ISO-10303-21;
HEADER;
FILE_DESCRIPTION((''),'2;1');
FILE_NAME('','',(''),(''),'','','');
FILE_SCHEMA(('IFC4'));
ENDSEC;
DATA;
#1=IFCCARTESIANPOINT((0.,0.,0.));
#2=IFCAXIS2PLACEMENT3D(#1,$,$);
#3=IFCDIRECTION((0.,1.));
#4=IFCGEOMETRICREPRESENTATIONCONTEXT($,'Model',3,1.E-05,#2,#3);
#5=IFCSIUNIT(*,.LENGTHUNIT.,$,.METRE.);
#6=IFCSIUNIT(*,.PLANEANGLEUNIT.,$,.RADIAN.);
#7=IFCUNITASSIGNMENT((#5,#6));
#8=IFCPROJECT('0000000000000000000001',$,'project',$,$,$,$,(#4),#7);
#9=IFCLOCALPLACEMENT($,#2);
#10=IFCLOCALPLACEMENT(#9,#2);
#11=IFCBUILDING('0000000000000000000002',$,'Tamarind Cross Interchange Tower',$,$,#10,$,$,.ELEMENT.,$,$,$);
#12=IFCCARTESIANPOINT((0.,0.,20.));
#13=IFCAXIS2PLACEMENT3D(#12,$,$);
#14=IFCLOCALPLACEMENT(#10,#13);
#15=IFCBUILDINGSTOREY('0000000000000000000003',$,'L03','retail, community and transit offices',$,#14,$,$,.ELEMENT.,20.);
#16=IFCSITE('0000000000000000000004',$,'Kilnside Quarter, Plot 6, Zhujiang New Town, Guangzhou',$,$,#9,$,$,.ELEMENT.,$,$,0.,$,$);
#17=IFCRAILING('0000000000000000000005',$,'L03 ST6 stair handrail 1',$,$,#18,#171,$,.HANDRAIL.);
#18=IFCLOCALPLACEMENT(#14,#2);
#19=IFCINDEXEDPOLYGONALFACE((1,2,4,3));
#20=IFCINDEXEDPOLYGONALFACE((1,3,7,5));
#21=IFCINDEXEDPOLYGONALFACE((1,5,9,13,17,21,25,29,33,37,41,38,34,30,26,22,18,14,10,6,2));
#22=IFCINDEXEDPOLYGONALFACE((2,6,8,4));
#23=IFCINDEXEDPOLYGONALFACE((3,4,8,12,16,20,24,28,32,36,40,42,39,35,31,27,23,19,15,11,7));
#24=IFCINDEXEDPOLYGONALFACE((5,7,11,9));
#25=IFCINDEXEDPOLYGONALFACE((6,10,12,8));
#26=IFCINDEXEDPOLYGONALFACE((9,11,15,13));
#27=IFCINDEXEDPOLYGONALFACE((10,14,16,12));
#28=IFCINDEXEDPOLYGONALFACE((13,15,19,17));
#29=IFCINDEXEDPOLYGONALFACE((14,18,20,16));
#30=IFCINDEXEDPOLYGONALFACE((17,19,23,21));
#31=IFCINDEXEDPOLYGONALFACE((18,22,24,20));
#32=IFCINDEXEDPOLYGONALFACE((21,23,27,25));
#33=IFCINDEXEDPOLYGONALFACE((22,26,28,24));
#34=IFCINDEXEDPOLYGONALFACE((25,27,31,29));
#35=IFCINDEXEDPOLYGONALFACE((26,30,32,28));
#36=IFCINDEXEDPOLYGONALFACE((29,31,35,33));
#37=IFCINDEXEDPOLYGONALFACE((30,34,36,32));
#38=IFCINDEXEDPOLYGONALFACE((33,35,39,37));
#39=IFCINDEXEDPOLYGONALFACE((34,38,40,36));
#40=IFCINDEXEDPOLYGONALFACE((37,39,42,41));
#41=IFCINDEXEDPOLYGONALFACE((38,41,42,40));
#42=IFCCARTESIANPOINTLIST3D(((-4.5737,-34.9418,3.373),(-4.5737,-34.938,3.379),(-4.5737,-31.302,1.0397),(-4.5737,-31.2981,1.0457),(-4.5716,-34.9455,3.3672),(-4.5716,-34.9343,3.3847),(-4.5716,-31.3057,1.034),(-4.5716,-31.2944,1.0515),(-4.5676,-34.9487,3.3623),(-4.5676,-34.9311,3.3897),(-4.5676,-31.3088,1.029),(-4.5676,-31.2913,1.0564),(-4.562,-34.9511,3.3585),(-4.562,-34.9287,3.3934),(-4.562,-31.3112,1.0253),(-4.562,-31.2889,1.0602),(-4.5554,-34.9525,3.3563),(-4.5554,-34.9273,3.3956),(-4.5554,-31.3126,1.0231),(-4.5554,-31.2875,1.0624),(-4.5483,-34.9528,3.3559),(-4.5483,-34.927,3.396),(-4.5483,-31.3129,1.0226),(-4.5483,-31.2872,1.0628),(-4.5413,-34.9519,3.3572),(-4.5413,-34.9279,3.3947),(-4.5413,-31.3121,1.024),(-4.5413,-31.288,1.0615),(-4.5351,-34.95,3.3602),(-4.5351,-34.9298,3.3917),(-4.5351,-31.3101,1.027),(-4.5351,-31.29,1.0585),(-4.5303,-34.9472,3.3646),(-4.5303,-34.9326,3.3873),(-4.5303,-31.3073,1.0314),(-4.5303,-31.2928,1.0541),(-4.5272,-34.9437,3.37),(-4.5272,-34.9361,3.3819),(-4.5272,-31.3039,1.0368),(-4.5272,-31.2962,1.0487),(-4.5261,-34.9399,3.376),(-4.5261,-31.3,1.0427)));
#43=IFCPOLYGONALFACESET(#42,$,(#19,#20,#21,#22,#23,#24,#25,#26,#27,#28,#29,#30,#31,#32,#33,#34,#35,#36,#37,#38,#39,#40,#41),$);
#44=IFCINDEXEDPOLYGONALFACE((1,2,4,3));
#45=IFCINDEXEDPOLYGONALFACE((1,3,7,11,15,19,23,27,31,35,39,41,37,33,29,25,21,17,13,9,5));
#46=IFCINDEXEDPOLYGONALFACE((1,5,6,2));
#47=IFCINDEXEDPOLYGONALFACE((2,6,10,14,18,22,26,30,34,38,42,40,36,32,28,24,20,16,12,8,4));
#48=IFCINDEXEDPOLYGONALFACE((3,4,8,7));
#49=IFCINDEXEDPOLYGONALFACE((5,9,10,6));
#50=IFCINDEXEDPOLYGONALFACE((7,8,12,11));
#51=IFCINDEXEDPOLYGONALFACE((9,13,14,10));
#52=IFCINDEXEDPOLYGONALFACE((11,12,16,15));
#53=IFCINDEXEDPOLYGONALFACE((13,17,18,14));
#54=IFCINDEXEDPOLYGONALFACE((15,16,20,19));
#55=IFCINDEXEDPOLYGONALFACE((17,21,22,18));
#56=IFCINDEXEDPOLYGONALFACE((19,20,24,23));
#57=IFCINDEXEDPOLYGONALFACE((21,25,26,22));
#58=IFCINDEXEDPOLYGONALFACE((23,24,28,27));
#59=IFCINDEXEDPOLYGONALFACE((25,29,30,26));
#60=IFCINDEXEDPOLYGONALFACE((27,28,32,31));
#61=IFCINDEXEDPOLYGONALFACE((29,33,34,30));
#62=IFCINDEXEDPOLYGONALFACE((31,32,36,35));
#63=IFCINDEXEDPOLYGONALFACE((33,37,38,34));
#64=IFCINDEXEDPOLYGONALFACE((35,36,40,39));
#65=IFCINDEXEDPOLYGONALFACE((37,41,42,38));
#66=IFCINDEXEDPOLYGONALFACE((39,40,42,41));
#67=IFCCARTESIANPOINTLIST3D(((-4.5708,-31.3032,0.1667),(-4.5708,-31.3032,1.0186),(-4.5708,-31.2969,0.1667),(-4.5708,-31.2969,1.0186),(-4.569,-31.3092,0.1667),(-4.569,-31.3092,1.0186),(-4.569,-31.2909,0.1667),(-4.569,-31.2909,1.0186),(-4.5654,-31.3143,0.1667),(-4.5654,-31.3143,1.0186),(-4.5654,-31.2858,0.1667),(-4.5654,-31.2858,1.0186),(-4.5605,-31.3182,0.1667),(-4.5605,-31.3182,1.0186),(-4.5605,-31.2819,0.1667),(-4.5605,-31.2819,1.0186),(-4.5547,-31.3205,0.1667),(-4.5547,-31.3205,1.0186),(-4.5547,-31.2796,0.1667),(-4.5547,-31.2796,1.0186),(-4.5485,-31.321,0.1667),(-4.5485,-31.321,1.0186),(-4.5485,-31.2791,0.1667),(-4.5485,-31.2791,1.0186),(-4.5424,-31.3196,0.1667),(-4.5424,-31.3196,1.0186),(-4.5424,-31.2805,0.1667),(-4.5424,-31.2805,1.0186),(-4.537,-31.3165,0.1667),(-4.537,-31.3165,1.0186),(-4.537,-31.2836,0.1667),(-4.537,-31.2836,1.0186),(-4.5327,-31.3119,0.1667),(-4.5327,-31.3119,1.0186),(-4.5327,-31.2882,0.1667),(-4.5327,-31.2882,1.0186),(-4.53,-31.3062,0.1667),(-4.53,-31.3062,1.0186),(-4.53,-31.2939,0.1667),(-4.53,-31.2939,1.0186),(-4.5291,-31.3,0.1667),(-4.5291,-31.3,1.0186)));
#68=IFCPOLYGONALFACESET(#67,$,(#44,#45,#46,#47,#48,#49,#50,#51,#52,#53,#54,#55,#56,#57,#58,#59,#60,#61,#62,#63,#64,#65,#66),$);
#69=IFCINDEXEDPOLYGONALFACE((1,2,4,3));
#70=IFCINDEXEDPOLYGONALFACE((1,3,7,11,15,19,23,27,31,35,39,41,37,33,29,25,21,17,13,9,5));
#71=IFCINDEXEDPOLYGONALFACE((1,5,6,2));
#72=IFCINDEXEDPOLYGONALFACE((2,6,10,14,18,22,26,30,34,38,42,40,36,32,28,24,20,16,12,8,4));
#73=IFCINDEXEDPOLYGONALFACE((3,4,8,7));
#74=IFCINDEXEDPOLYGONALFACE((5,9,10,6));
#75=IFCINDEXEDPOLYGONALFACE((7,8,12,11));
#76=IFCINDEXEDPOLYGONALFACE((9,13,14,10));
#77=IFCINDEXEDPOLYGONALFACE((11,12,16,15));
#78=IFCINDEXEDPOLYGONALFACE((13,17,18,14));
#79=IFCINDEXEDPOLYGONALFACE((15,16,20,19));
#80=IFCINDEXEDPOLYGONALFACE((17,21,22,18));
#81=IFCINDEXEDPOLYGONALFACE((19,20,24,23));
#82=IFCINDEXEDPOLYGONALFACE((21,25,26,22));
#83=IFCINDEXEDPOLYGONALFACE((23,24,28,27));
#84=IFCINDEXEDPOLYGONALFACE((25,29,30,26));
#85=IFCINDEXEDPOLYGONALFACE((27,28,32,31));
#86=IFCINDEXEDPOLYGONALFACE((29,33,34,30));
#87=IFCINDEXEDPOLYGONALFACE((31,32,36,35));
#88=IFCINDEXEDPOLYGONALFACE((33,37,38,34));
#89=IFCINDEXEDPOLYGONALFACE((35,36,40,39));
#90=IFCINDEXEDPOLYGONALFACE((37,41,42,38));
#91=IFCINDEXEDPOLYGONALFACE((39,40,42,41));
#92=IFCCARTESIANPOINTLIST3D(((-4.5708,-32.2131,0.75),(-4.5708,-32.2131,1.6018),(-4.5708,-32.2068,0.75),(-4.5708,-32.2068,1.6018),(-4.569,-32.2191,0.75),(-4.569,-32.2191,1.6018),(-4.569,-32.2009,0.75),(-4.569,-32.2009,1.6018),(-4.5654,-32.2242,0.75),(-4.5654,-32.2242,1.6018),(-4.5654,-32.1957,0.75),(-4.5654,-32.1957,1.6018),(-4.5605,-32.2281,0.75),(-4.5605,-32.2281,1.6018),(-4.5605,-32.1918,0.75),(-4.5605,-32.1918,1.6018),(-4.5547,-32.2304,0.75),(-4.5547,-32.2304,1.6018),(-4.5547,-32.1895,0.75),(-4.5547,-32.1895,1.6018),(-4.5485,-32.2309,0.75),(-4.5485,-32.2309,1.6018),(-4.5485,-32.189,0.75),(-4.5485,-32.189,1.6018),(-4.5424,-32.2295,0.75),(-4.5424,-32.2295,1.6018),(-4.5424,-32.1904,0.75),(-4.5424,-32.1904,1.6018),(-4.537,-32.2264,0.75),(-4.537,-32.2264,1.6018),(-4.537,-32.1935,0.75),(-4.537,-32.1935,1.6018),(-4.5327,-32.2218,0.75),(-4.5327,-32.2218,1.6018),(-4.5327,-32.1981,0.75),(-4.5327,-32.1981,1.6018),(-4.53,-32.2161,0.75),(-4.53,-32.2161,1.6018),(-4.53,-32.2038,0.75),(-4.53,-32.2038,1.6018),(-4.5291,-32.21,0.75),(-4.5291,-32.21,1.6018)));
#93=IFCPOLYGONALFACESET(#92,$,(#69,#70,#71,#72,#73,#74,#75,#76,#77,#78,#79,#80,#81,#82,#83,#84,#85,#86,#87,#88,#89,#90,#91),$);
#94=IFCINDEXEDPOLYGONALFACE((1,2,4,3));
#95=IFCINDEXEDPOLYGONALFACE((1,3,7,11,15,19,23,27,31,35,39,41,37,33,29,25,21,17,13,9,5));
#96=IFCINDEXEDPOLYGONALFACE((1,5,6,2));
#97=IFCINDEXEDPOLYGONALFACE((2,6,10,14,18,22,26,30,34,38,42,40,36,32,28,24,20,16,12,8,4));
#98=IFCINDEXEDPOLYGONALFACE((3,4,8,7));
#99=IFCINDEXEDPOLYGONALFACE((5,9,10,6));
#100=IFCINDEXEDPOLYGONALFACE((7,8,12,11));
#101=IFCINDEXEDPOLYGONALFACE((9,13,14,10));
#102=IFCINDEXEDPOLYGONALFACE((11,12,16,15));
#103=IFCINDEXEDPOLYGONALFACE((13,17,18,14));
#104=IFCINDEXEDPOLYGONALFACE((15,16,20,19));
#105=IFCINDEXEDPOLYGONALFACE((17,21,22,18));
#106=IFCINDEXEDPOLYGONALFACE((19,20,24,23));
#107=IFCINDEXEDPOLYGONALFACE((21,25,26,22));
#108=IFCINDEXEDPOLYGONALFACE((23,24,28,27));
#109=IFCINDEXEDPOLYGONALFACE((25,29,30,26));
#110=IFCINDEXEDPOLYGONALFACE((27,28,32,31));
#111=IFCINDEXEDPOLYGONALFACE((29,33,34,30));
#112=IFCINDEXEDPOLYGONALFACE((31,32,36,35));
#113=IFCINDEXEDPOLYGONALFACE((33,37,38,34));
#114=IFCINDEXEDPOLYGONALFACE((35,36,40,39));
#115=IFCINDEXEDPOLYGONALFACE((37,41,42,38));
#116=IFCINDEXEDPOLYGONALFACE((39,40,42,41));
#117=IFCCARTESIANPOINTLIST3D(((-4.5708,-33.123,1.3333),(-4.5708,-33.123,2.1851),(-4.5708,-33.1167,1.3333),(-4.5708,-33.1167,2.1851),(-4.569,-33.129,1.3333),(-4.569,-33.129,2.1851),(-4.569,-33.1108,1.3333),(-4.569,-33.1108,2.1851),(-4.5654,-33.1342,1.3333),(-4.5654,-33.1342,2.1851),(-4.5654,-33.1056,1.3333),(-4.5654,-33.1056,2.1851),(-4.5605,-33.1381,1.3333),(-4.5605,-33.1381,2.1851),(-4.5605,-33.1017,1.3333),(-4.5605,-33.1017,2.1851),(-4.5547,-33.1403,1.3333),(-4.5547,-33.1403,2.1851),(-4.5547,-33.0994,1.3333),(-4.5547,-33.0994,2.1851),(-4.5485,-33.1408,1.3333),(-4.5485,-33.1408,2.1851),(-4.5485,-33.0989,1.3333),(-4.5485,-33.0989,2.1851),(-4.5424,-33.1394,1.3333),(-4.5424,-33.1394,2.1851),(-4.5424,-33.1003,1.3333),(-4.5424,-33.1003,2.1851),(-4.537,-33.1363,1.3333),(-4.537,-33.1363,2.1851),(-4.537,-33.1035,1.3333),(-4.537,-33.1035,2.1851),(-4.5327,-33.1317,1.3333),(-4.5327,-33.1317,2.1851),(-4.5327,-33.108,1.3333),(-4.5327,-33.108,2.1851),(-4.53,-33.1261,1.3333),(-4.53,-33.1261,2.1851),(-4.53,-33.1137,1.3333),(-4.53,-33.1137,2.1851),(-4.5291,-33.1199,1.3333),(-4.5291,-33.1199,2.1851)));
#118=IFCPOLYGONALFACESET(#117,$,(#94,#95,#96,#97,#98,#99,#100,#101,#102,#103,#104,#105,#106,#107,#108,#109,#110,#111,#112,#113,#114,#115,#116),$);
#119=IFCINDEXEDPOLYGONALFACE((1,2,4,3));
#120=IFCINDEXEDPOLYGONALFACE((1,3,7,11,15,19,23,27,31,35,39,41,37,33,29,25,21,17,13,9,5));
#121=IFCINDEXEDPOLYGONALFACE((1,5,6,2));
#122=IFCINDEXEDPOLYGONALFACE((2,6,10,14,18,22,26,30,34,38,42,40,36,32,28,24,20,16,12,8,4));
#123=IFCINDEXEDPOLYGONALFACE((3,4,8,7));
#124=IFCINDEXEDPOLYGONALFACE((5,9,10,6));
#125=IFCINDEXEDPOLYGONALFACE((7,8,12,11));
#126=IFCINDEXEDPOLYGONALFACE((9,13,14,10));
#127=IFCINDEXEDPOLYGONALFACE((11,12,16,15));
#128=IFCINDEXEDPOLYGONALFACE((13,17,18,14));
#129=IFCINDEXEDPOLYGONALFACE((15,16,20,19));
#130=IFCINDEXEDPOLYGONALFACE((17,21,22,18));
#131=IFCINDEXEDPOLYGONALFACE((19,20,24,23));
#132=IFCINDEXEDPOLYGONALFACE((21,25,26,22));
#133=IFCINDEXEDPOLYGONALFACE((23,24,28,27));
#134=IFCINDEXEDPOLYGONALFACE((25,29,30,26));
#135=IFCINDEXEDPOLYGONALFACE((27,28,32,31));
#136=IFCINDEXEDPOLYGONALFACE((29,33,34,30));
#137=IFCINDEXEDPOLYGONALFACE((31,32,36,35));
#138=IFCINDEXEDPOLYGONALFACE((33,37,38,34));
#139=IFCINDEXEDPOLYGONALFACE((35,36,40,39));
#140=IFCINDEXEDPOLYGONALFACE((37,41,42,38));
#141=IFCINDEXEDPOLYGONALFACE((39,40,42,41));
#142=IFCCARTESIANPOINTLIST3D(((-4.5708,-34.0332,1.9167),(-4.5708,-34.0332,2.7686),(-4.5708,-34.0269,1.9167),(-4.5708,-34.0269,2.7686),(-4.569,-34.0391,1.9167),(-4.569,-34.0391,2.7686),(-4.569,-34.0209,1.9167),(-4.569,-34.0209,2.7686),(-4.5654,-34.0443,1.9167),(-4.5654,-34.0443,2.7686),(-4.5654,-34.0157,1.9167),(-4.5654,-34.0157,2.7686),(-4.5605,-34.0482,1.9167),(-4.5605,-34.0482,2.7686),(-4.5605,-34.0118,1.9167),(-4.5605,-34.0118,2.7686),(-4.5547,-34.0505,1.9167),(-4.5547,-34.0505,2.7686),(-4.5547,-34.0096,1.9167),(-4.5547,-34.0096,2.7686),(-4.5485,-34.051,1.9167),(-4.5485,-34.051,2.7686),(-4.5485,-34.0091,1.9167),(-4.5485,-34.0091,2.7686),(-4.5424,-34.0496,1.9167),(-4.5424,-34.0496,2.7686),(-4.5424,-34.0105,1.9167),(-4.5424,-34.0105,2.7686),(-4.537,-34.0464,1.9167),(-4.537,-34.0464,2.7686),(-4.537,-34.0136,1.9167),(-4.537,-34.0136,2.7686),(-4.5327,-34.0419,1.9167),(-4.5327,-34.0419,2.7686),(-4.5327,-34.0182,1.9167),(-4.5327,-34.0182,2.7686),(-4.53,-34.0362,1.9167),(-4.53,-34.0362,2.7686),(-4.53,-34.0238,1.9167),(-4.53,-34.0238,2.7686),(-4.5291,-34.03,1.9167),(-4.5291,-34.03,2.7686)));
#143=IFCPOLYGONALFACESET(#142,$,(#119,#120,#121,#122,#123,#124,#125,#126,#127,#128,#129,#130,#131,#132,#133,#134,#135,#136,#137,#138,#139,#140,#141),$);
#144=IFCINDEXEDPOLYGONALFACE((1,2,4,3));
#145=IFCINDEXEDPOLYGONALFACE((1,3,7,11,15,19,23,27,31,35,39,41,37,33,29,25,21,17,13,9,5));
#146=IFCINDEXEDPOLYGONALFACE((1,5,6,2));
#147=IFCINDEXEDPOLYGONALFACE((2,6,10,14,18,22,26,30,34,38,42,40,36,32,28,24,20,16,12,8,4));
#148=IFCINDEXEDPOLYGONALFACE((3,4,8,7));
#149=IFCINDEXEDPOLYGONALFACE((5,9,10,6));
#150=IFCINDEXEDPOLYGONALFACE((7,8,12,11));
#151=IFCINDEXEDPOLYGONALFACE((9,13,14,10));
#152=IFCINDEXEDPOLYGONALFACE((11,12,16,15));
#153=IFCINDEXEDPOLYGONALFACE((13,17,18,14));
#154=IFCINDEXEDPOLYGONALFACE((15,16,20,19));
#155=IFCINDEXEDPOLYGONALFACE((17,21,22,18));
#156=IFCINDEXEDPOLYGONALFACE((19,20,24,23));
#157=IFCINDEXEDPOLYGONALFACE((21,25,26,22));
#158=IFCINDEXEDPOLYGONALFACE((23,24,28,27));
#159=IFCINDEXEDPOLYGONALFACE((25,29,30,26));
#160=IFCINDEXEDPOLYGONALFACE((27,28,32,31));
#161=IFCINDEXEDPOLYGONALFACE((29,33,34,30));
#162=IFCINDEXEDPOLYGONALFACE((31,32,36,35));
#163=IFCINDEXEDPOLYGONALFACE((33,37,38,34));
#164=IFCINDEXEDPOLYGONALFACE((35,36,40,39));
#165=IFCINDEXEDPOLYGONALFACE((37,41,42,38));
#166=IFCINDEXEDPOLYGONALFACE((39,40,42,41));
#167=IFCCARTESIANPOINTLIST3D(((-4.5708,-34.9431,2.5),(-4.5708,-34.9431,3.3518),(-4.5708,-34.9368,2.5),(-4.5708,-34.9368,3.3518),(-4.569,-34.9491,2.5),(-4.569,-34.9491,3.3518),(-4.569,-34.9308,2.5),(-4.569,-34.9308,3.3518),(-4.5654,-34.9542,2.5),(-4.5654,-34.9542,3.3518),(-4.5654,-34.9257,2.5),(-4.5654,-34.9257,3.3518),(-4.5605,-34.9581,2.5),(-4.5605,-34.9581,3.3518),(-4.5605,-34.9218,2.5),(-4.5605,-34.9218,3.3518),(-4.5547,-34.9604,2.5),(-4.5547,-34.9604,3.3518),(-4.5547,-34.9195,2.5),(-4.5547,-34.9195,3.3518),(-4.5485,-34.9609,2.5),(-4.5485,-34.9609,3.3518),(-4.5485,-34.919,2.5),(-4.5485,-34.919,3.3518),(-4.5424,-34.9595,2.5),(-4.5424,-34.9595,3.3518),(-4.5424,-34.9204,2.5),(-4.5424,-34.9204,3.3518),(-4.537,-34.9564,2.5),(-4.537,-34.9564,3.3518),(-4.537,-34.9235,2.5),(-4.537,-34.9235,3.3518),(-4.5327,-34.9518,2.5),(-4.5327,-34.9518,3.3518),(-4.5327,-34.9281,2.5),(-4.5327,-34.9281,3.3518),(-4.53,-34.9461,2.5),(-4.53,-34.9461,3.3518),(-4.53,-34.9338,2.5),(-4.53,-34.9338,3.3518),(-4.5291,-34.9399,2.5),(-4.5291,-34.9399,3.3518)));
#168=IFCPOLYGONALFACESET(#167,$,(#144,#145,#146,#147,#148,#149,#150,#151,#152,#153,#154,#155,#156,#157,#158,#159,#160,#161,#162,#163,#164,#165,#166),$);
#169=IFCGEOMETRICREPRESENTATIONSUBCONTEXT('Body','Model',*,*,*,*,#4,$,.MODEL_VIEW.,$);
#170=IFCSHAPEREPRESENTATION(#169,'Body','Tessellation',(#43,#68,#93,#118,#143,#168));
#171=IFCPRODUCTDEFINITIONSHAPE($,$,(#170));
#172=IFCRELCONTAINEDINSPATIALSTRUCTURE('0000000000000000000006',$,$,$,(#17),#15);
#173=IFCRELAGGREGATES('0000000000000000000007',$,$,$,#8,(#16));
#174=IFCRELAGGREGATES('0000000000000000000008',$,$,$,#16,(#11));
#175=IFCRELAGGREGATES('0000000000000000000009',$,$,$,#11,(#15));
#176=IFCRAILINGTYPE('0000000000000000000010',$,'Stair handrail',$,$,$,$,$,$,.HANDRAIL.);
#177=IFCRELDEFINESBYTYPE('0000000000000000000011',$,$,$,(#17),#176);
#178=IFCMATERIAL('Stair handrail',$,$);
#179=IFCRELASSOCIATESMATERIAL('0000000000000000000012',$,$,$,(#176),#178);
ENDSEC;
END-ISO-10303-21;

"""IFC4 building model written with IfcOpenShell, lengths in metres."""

from ifc_helpers import new_model, si_unit, direction, frame, origin, origin_2d, place, context, subcontext, project, spatial, circle, extrude, material, type_object, element, save


model = new_model("IFC4")

# Units and contexts
model_context = context("Model", 3, precision=1e-05, world=origin(), true_north=direction((0.0, 1.0)))
body_context = subcontext(model_context, "Body", "Model", "MODEL_VIEW")
ifc_project = project(units=[si_unit("LENGTHUNIT", "METRE"), si_unit("PLANEANGLEUNIT", "RADIAN")], contexts=[model_context])

# Site, building, storey
site_placement = place(None, origin())
site = spatial("IfcSite", under=ifc_project, at=site_placement, Name="Kilnside Quarter, Plot 6, Zhujiang New Town, Guangzhou", CompositionType="ELEMENT", RefElevation=0.0)
building_placement = place(site_placement, origin())
building = spatial("IfcBuilding", under=site, at=building_placement, Name="Tamarind Cross Interchange Tower", CompositionType="ELEMENT")
storey_placement = place(building_placement, frame((0.0, 0.0, 20.0)))
storey = spatial("IfcBuildingStorey", under=building, at=storey_placement, Name="L03", Description="retail, community and transit offices", CompositionType="ELEMENT", Elevation=20.0)

# Railing
ifc_material_1 = material(Name="Stair handrail")
railing_type_1 = type_object("IfcRailingType", Name="Stair handrail", PredefinedType="HANDRAIL", material=ifc_material_1)
railing_1_placement = place(storey_placement, frame((-4.55, -31.3, 0.1667)))
element("IfcRailing", 1, at=railing_1_placement, inside=storey, type_object=railing_type_1, Name="L03 ST6 stair handrail 1", PredefinedType="HANDRAIL", context=body_context, shape_type="SweptSolid", body=[
    extrude(circle(Radius=0.0239, at=origin_2d()), frame((0.0, 0.0, 0.876), z_axis=(0.0, -0.84188, 0.539664), x_axis=(1.0, 0.0, 0.0)), (0.0, 0.0, 1.0), 4.3235),
    extrude(circle(Radius=0.021, at=origin_2d()), origin(), (0.0, 0.0, 1.0), 0.8518),
    extrude(circle(Radius=0.021, at=origin_2d()), frame((0.0, -0.9099, 0.5833)), (0.0, 0.0, 1.0), 0.8518),
    extrude(circle(Radius=0.021, at=origin_2d()), frame((0.0, -1.8198, 1.1665)), (0.0, 0.0, 1.0), 0.8518),
    extrude(circle(Radius=0.021, at=origin_2d()), frame((0.0, -2.73, 1.75)), (0.0, 0.0, 1.0), 0.8518),
    extrude(circle(Radius=0.021, at=origin_2d()), frame((0.0, -3.6399, 2.3333)), (0.0, 0.0, 1.0), 0.8518),
])

save(model, "model.ifc")
